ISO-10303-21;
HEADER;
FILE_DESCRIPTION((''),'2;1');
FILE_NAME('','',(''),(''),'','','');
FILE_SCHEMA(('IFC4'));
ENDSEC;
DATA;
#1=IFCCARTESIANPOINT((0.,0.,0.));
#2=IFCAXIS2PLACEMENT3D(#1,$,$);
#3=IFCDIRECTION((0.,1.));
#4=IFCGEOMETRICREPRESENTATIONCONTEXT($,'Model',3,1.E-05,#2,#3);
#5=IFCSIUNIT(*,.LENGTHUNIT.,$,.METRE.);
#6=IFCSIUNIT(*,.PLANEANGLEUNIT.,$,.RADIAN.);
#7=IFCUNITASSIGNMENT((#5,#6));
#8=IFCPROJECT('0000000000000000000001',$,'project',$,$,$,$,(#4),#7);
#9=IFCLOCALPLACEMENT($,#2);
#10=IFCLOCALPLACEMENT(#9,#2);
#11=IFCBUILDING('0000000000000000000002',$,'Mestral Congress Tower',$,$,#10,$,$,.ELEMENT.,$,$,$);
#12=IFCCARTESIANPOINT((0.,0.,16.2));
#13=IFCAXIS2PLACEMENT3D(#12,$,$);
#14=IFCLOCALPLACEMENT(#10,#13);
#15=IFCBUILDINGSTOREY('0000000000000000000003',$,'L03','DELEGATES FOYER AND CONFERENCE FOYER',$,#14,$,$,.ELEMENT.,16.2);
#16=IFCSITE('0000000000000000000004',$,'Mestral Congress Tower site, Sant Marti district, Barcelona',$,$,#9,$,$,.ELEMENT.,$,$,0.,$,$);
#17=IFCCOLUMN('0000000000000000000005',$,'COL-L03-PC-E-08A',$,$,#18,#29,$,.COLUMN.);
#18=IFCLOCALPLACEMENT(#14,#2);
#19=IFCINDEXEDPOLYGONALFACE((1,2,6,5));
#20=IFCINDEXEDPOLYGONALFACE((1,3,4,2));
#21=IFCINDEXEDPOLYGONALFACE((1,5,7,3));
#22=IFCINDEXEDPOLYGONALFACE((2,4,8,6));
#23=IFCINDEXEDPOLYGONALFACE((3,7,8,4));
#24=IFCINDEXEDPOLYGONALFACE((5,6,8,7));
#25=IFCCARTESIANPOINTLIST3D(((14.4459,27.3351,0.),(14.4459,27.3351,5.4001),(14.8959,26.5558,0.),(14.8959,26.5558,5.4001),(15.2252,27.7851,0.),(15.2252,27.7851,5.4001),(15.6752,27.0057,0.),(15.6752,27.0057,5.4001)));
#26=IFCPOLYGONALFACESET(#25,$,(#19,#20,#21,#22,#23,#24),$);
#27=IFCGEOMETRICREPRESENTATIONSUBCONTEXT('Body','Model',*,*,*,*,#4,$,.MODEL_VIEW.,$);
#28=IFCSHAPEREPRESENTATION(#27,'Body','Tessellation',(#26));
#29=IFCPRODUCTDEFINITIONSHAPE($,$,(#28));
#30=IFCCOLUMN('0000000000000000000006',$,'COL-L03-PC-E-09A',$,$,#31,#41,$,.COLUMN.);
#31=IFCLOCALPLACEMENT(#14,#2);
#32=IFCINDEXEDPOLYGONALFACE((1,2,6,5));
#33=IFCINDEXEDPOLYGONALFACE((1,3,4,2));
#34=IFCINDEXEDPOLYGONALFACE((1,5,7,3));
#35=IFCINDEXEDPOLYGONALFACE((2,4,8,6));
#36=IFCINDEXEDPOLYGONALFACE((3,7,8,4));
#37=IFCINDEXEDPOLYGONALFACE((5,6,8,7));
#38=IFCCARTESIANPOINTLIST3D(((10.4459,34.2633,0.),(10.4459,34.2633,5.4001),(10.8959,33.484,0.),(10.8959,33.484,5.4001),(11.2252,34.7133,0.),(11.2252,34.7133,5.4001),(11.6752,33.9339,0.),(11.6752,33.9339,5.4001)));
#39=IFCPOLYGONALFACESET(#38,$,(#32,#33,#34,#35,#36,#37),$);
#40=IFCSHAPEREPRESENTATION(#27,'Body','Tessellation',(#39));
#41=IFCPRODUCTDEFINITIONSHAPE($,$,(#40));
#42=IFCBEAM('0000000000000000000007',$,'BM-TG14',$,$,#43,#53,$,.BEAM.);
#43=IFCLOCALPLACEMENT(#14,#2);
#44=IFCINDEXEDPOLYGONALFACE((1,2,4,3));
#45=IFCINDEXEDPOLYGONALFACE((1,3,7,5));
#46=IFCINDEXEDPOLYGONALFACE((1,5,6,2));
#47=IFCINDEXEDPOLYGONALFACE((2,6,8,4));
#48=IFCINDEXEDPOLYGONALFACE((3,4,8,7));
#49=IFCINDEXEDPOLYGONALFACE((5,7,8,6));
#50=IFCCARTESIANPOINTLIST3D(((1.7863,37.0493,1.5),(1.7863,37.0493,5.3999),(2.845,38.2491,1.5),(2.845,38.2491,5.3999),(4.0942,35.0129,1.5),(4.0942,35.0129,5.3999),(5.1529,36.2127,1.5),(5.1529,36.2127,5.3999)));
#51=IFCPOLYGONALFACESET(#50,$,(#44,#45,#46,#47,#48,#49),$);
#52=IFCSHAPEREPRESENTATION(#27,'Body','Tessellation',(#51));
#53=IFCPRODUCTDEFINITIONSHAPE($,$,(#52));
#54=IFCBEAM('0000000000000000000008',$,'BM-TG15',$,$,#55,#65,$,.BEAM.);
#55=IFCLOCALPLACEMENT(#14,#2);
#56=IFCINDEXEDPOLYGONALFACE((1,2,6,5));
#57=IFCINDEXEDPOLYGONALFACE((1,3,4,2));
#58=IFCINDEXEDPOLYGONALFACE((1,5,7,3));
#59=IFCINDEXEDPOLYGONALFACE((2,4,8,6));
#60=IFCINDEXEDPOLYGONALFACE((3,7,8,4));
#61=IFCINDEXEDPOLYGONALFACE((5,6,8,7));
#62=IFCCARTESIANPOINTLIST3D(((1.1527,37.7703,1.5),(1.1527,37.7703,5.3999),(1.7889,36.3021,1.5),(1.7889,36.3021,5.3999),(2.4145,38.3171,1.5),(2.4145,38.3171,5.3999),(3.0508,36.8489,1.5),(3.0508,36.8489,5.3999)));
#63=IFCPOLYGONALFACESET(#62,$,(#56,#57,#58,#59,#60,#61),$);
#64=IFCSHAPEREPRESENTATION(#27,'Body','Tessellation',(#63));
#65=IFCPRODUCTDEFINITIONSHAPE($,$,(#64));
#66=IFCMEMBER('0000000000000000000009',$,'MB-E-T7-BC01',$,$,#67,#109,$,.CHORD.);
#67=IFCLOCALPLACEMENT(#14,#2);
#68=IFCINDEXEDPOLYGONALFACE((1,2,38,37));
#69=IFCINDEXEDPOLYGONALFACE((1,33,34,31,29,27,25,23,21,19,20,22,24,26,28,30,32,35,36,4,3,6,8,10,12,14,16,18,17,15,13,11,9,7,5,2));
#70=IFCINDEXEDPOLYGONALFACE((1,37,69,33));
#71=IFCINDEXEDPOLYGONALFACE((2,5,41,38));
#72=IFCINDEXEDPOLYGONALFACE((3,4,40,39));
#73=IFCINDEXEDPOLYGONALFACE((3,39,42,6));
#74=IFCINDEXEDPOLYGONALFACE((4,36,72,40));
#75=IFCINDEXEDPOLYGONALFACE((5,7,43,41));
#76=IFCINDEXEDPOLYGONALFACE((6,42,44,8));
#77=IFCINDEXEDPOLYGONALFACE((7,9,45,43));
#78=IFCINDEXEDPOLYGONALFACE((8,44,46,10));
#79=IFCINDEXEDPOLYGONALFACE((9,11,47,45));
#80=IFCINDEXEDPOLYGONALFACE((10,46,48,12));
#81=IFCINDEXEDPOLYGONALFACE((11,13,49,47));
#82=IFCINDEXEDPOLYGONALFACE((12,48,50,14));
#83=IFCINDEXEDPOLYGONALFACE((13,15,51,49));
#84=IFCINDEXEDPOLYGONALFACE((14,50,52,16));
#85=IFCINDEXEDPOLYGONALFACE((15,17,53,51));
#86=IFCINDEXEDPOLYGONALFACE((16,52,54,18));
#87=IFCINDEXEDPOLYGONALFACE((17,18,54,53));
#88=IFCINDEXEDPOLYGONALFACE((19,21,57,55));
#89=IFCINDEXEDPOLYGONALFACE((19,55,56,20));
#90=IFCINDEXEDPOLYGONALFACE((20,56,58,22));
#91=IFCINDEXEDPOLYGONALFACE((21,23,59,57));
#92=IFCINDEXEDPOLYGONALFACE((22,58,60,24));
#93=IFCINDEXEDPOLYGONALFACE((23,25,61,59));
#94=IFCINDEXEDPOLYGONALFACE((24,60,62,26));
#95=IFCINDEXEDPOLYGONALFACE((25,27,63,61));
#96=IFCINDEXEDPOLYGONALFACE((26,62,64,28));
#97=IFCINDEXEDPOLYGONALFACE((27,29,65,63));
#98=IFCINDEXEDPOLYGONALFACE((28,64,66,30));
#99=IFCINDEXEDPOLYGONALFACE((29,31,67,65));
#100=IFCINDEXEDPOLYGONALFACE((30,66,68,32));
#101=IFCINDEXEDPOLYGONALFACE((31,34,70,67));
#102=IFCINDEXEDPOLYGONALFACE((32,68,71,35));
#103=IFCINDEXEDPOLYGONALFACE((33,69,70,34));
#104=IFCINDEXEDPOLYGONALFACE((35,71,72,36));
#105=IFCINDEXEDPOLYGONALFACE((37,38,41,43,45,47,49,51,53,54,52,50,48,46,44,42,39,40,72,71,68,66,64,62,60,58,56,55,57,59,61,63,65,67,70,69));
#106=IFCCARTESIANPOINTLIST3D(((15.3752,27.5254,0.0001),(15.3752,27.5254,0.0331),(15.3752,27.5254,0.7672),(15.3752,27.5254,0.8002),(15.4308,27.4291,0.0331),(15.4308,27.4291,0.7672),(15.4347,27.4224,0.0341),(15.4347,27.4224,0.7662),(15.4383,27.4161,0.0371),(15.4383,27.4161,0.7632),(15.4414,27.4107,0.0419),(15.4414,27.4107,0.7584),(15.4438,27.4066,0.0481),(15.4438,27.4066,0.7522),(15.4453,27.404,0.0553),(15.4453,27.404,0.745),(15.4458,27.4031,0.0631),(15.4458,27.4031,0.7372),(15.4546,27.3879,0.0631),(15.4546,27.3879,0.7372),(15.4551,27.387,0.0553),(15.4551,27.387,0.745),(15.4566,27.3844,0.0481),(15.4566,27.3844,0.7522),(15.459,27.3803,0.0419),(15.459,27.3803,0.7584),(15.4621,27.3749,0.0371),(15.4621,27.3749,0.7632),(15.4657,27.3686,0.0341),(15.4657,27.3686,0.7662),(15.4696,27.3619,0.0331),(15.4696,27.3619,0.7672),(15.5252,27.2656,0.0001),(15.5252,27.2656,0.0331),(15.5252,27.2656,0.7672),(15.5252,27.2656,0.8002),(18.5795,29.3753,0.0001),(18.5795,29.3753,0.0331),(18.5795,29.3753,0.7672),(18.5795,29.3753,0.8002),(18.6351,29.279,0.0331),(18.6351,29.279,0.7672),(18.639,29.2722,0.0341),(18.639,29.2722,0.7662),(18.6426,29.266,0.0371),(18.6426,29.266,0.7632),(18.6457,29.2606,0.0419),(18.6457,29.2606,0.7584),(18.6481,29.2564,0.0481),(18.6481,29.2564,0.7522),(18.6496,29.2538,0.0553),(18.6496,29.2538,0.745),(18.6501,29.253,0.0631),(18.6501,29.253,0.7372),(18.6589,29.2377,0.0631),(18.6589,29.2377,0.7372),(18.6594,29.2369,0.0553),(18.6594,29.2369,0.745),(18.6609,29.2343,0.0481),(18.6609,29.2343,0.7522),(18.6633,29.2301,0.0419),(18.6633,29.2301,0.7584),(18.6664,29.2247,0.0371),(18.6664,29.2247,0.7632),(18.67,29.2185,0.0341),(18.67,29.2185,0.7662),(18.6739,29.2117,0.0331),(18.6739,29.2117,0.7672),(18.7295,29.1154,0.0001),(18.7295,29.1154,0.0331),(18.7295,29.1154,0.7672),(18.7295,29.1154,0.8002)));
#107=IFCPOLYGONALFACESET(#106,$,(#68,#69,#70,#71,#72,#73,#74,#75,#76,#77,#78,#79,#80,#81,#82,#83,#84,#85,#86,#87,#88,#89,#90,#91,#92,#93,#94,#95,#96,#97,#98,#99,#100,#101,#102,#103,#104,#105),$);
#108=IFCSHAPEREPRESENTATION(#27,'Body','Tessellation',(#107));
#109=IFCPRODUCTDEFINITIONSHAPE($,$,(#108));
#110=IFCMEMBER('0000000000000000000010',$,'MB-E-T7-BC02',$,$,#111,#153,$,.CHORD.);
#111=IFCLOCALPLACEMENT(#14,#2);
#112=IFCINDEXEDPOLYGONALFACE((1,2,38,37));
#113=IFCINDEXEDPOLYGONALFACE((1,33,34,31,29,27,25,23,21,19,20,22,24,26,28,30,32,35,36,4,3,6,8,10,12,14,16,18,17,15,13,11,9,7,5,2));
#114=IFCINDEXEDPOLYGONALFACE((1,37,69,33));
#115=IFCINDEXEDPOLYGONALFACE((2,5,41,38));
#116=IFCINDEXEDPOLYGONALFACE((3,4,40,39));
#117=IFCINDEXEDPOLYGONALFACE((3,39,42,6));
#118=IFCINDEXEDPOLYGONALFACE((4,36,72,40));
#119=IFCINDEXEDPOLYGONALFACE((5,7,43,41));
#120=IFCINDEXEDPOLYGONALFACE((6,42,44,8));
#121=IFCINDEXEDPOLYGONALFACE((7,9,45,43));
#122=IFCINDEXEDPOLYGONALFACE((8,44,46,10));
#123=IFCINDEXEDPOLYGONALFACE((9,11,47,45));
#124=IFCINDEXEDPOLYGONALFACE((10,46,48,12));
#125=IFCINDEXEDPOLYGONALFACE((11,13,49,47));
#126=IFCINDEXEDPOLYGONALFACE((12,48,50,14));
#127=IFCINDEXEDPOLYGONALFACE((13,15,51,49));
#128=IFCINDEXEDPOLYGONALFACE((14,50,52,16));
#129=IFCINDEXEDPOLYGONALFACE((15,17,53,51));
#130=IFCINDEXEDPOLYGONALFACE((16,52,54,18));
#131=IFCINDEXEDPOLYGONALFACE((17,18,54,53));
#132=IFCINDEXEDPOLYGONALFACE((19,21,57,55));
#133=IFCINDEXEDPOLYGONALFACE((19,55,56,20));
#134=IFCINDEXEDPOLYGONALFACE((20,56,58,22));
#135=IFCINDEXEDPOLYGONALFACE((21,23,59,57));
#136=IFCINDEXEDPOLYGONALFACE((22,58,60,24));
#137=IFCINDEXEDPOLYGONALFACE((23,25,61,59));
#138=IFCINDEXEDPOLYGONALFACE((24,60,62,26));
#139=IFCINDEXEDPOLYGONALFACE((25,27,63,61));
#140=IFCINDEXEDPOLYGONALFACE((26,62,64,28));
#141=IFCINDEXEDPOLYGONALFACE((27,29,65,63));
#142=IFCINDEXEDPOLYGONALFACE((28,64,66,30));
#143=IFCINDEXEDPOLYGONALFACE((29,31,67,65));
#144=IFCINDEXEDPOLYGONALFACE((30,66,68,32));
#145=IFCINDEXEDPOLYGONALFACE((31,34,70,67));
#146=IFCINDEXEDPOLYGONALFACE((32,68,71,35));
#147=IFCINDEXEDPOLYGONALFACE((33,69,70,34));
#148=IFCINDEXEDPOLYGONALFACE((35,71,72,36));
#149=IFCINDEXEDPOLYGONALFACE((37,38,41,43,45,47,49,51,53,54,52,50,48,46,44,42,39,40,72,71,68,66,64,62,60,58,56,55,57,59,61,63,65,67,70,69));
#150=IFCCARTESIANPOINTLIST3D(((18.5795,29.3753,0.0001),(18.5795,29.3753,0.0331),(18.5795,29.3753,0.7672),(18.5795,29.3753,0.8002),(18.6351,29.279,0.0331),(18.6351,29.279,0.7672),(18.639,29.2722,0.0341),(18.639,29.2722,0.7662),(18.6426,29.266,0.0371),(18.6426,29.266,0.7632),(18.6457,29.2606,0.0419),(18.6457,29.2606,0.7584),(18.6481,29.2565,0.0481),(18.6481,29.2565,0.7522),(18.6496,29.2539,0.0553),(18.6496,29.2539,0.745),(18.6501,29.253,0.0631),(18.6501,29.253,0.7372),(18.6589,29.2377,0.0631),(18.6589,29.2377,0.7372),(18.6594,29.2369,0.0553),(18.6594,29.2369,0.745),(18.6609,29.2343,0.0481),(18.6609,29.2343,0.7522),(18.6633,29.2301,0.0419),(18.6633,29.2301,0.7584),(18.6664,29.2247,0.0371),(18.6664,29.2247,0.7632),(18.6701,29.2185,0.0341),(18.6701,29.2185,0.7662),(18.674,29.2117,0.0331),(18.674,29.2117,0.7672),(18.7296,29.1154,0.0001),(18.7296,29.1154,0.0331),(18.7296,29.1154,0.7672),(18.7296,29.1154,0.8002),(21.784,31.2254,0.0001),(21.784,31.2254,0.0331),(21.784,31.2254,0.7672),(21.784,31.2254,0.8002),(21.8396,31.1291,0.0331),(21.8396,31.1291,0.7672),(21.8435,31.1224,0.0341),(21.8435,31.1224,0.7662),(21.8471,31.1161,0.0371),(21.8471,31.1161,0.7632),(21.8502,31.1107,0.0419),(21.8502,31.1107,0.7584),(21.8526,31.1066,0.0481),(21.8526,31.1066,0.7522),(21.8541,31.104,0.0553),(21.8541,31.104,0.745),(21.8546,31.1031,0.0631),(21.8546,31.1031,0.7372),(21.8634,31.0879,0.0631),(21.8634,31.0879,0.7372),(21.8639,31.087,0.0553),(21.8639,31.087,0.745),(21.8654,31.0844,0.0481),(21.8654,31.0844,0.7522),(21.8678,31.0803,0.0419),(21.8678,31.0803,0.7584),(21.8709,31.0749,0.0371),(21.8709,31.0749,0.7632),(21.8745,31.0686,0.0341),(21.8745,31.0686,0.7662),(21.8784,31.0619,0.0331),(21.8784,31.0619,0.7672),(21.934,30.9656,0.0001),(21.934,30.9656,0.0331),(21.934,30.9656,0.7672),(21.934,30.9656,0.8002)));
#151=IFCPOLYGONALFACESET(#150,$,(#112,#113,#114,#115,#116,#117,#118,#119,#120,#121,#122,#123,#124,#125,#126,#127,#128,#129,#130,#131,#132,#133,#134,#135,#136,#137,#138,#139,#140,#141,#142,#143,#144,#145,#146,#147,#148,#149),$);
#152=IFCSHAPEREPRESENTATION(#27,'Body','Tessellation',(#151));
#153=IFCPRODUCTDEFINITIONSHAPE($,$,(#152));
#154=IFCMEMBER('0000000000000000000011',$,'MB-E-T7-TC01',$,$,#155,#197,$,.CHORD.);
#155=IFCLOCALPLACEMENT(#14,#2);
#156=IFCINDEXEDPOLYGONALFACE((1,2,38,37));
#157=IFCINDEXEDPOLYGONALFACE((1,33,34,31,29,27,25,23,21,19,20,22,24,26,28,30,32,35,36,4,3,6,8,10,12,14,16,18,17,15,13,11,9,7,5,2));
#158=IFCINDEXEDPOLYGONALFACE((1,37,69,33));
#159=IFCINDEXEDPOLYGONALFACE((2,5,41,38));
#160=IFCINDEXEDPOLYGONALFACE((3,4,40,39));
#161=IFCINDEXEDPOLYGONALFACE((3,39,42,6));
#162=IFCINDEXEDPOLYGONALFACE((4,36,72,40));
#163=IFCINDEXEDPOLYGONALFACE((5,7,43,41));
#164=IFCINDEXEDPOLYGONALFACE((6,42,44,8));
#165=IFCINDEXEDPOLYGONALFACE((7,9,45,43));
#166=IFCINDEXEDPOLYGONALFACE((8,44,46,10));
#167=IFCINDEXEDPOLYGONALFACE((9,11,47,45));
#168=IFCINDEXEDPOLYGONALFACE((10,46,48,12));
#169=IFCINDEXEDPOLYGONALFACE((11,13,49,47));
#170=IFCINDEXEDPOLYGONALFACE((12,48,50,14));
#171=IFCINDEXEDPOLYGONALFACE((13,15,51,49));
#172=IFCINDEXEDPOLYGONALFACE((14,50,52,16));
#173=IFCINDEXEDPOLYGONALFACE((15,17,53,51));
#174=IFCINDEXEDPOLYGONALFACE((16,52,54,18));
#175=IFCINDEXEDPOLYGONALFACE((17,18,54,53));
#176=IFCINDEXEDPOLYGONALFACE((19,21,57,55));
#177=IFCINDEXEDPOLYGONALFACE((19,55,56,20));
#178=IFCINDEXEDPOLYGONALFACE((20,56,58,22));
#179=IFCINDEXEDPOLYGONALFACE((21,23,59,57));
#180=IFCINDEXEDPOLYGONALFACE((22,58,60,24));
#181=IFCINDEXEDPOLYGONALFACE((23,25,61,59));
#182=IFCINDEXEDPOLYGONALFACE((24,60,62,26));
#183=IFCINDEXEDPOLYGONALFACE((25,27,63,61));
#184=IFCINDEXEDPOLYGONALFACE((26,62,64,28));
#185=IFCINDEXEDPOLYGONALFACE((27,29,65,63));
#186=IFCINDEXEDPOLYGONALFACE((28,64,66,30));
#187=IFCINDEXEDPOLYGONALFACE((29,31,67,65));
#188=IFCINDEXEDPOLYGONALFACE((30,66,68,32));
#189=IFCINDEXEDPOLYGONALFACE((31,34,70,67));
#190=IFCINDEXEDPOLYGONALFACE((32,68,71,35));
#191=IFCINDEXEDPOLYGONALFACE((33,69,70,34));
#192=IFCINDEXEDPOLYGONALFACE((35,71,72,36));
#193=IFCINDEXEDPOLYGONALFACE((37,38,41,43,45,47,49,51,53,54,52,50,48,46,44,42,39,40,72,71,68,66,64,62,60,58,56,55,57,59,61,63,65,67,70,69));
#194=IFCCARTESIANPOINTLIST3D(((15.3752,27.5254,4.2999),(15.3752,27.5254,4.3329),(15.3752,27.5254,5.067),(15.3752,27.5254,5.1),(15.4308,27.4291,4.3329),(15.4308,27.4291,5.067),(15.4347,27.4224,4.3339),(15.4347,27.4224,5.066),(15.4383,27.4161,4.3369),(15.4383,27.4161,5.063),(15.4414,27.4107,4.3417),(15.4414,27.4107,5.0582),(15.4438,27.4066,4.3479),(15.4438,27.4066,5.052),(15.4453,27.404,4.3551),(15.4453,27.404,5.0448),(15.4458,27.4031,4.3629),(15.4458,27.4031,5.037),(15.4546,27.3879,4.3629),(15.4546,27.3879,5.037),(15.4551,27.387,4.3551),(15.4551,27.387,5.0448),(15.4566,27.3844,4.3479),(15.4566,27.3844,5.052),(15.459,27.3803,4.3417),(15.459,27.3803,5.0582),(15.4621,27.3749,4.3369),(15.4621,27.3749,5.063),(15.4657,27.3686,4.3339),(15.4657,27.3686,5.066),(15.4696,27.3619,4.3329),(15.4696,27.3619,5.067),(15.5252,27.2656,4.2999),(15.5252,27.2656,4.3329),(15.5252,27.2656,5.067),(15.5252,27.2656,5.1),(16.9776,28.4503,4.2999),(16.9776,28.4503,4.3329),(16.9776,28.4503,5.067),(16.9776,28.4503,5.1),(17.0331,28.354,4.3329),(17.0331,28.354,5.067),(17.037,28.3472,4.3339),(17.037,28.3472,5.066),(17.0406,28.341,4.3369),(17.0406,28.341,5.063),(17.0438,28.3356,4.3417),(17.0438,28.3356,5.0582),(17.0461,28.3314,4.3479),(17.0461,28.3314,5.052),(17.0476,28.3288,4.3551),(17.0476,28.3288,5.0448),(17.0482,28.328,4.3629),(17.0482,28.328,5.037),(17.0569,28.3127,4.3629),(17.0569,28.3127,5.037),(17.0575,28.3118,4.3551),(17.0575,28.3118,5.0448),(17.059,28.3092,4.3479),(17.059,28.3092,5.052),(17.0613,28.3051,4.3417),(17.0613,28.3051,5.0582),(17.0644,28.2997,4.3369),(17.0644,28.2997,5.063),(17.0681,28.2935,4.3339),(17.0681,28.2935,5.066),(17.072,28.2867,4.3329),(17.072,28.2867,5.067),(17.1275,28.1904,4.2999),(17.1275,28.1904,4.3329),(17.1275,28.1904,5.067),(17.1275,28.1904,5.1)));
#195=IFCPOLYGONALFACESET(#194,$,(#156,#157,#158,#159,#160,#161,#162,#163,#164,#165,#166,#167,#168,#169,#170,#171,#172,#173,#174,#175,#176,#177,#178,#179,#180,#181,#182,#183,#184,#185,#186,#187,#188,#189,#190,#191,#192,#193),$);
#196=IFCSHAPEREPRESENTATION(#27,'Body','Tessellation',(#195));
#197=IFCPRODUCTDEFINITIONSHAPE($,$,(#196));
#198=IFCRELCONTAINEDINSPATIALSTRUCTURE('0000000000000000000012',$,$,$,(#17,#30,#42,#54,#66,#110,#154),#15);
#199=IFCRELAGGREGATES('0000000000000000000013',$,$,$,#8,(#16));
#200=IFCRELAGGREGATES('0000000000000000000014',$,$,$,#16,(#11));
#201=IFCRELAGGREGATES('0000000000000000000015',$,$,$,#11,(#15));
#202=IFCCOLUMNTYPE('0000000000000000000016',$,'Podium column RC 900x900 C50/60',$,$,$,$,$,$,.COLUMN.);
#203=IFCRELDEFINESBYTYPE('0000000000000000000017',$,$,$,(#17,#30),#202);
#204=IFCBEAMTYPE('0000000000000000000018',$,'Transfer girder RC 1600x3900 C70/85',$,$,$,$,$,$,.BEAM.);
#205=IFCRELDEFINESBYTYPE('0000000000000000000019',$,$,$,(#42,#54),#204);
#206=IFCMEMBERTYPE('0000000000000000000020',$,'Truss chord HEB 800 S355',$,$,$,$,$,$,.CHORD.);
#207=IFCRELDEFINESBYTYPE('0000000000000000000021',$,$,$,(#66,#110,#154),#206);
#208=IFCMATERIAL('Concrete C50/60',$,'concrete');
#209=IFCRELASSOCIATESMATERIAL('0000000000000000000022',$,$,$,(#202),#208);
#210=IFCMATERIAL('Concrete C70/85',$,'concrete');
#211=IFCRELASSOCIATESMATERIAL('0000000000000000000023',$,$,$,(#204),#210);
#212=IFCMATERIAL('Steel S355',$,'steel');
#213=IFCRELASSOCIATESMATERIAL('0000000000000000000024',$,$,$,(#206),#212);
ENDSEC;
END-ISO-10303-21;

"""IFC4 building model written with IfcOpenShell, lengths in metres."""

from ifc_helpers import new_model, si_unit, direction, frame, origin, origin_2d, place, context, subcontext, project, spatial, rectangle, i_section, extrude, material, material_profile, profile_set, type_object, element, save


model = new_model("IFC4")

# Units and contexts
model_context = context("Model", 3, precision=1e-05, world=origin(), true_north=direction((0.0, 1.0)))
body_context = subcontext(model_context, "Body", "Model", "MODEL_VIEW")
ifc_project = project(units=[si_unit("LENGTHUNIT", "METRE"), si_unit("PLANEANGLEUNIT", "RADIAN")], contexts=[model_context])

# Site, building, storey
site_placement = place(None, origin())
site = spatial("IfcSite", under=ifc_project, at=site_placement, Name="Mestral Congress Tower site, Sant Marti district, Barcelona", CompositionType="ELEMENT", RefElevation=0.0)
building_placement = place(site_placement, origin())
building = spatial("IfcBuilding", under=site, at=building_placement, Name="Mestral Congress Tower", CompositionType="ELEMENT")
storey_placement = place(building_placement, frame((0.0, 0.0, 16.2)))
storey = spatial("IfcBuildingStorey", under=building, at=storey_placement, Name="L03", Description="DELEGATES FOYER AND CONFERENCE FOYER", CompositionType="ELEMENT", Elevation=16.2)

# Columns
ifc_material_1 = material(Name="Concrete C50/60", Category="concrete")
ifc_material_profile_1 = material_profile(ifc_material_1, rectangle(XDim=0.8999, YDim=0.8999, at=origin_2d()), Name="RC 900x900")
ifc_profile_set_1 = profile_set([ifc_material_profile_1], Name="Concrete C50/60")
column_type = type_object("IfcColumnType", Name="Podium column RC 900x900 C50/60", PredefinedType="COLUMN", material=ifc_profile_set_1)
for number, where, z_axis, x_axis, name in (
    (1, (15.0605, 27.1704, 0.0), (0.0, 0.0, 1.0), (-0.5, 0.866025, 0.0), "COL-L03-PC-E-08A"),
    (2, (11.0605, 34.0986, 0.0), (0.0, 0.0, 1.0), (-0.5, 0.866025, 0.0), "COL-L03-PC-E-09A"),
):
    element("IfcColumn", number, at=place(storey_placement, frame(where, z_axis=z_axis, x_axis=x_axis)), inside=storey, type_object=column_type, Name=name, PredefinedType="COLUMN", context=body_context, shape_type="SweptSolid", body=[
        extrude(rectangle(XDim=0.8999, YDim=0.8999, at=origin_2d()), origin(), (0.0, 0.0, 1.0), 5.4001),
    ])

# Beams
ifc_material_2 = material(Name="Concrete C70/85", Category="concrete")
ifc_material_profile_2 = material_profile(ifc_material_2, rectangle(XDim=1.6001, YDim=3.8999, at=origin_2d()), Name="RC 1600x3900")
ifc_profile_set_2 = profile_set([ifc_material_profile_2], Name="Concrete C70/85")
beam_type = type_object("IfcBeamType", Name="Transfer girder RC 1600x3900 C70/85", PredefinedType="BEAM", material=ifc_profile_set_2)
beam_1_placement = place(storey_placement, frame((4.6235, 35.6128, 3.45), z_axis=(-0.749833, 0.661627, 0.0), x_axis=(-0.661627, -0.749833, 0.0)))
element("IfcBeam", 3, at=beam_1_placement, inside=storey, type_object=beam_type, Name="BM-TG14", PredefinedType="BEAM", context=body_context, shape_type="SweptSolid", body=[
    extrude(rectangle(XDim=1.6001, YDim=3.8999, at=origin_2d()), origin(), (0.0, 0.0, 1.0), 3.0779),
])
beam_2_placement = place(storey_placement, frame((2.7327, 37.583, 3.45), z_axis=(-0.917549, -0.397622, 0.0), x_axis=(0.397622, -0.917549, 0.0)))
element("IfcBeam", 4, at=beam_2_placement, inside=storey, type_object=beam_type, Name="BM-TG15", PredefinedType="BEAM", context=body_context, shape_type="SweptSolid", body=[
    extrude(rectangle(XDim=1.6001, YDim=3.8999, at=origin_2d()), origin(), (0.0, 0.0, 1.0), 1.3752),
])

# Members
ifc_material_3 = material(Name="Steel S355", Category="steel")
ifc_material_profile_3 = material_profile(ifc_material_3, i_section(OverallWidth=0.3, OverallDepth=0.8, WebThickness=0.0176, FlangeThickness=0.033, FilletRadius=0.03, at=origin_2d()), Name="HEB 800")
ifc_profile_set_3 = profile_set([ifc_material_profile_3], Name="Steel S355")
member_type_1 = type_object("IfcMemberType", Name="Truss chord HEB 800 S355", PredefinedType="CHORD", material=ifc_profile_set_3)
member_1_placement = place(storey_placement, frame((15.4502, 27.3955, 0.4001), z_axis=(0.866046, 0.499964, 0.0), x_axis=(-0.499964, 0.866046, 0.0)))
element("IfcMember", 5, at=member_1_placement, inside=storey, type_object=member_type_1, Name="MB-E-T7-BC01", PredefinedType="CHORD", context=body_context, shape_type="SweptSolid", body=[
    extrude(i_section(OverallWidth=0.3, OverallDepth=0.8, WebThickness=0.0176, FlangeThickness=0.033, FilletRadius=0.03, at=origin_2d()), origin(), (0.0, 0.0, 1.0), 3.7),
])
member_2_placement = place(storey_placement, frame((18.6545, 29.2454, 0.4001), z_axis=(0.866017, 0.500014, 0.0), x_axis=(-0.500014, 0.866017, 0.0)))
element("IfcMember", 6, at=member_2_placement, inside=storey, type_object=member_type_1, Name="MB-E-T7-BC02", PredefinedType="CHORD", context=body_context, shape_type="SweptSolid", body=[
    extrude(i_section(OverallWidth=0.3, OverallDepth=0.8, WebThickness=0.0176, FlangeThickness=0.033, FilletRadius=0.03, at=origin_2d()), origin(), (0.0, 0.0, 1.0), 3.7002),
])
member_3_placement = place(storey_placement, frame((15.4502, 27.3955, 4.7), z_axis=(0.866091, 0.499886, 0.0), x_axis=(-0.499886, 0.866091, 0.0)))
element("IfcMember", 7, at=member_3_placement, inside=storey, type_object=member_type_1, Name="MB-E-T7-TC01", PredefinedType="CHORD", context=body_context, shape_type="SweptSolid", body=[
    extrude(i_section(OverallWidth=0.3, OverallDepth=0.8, WebThickness=0.0176, FlangeThickness=0.033, FilletRadius=0.03, at=origin_2d()), origin(), (0.0, 0.0, 1.0), 1.8501),
])

save(model, "model.ifc")
